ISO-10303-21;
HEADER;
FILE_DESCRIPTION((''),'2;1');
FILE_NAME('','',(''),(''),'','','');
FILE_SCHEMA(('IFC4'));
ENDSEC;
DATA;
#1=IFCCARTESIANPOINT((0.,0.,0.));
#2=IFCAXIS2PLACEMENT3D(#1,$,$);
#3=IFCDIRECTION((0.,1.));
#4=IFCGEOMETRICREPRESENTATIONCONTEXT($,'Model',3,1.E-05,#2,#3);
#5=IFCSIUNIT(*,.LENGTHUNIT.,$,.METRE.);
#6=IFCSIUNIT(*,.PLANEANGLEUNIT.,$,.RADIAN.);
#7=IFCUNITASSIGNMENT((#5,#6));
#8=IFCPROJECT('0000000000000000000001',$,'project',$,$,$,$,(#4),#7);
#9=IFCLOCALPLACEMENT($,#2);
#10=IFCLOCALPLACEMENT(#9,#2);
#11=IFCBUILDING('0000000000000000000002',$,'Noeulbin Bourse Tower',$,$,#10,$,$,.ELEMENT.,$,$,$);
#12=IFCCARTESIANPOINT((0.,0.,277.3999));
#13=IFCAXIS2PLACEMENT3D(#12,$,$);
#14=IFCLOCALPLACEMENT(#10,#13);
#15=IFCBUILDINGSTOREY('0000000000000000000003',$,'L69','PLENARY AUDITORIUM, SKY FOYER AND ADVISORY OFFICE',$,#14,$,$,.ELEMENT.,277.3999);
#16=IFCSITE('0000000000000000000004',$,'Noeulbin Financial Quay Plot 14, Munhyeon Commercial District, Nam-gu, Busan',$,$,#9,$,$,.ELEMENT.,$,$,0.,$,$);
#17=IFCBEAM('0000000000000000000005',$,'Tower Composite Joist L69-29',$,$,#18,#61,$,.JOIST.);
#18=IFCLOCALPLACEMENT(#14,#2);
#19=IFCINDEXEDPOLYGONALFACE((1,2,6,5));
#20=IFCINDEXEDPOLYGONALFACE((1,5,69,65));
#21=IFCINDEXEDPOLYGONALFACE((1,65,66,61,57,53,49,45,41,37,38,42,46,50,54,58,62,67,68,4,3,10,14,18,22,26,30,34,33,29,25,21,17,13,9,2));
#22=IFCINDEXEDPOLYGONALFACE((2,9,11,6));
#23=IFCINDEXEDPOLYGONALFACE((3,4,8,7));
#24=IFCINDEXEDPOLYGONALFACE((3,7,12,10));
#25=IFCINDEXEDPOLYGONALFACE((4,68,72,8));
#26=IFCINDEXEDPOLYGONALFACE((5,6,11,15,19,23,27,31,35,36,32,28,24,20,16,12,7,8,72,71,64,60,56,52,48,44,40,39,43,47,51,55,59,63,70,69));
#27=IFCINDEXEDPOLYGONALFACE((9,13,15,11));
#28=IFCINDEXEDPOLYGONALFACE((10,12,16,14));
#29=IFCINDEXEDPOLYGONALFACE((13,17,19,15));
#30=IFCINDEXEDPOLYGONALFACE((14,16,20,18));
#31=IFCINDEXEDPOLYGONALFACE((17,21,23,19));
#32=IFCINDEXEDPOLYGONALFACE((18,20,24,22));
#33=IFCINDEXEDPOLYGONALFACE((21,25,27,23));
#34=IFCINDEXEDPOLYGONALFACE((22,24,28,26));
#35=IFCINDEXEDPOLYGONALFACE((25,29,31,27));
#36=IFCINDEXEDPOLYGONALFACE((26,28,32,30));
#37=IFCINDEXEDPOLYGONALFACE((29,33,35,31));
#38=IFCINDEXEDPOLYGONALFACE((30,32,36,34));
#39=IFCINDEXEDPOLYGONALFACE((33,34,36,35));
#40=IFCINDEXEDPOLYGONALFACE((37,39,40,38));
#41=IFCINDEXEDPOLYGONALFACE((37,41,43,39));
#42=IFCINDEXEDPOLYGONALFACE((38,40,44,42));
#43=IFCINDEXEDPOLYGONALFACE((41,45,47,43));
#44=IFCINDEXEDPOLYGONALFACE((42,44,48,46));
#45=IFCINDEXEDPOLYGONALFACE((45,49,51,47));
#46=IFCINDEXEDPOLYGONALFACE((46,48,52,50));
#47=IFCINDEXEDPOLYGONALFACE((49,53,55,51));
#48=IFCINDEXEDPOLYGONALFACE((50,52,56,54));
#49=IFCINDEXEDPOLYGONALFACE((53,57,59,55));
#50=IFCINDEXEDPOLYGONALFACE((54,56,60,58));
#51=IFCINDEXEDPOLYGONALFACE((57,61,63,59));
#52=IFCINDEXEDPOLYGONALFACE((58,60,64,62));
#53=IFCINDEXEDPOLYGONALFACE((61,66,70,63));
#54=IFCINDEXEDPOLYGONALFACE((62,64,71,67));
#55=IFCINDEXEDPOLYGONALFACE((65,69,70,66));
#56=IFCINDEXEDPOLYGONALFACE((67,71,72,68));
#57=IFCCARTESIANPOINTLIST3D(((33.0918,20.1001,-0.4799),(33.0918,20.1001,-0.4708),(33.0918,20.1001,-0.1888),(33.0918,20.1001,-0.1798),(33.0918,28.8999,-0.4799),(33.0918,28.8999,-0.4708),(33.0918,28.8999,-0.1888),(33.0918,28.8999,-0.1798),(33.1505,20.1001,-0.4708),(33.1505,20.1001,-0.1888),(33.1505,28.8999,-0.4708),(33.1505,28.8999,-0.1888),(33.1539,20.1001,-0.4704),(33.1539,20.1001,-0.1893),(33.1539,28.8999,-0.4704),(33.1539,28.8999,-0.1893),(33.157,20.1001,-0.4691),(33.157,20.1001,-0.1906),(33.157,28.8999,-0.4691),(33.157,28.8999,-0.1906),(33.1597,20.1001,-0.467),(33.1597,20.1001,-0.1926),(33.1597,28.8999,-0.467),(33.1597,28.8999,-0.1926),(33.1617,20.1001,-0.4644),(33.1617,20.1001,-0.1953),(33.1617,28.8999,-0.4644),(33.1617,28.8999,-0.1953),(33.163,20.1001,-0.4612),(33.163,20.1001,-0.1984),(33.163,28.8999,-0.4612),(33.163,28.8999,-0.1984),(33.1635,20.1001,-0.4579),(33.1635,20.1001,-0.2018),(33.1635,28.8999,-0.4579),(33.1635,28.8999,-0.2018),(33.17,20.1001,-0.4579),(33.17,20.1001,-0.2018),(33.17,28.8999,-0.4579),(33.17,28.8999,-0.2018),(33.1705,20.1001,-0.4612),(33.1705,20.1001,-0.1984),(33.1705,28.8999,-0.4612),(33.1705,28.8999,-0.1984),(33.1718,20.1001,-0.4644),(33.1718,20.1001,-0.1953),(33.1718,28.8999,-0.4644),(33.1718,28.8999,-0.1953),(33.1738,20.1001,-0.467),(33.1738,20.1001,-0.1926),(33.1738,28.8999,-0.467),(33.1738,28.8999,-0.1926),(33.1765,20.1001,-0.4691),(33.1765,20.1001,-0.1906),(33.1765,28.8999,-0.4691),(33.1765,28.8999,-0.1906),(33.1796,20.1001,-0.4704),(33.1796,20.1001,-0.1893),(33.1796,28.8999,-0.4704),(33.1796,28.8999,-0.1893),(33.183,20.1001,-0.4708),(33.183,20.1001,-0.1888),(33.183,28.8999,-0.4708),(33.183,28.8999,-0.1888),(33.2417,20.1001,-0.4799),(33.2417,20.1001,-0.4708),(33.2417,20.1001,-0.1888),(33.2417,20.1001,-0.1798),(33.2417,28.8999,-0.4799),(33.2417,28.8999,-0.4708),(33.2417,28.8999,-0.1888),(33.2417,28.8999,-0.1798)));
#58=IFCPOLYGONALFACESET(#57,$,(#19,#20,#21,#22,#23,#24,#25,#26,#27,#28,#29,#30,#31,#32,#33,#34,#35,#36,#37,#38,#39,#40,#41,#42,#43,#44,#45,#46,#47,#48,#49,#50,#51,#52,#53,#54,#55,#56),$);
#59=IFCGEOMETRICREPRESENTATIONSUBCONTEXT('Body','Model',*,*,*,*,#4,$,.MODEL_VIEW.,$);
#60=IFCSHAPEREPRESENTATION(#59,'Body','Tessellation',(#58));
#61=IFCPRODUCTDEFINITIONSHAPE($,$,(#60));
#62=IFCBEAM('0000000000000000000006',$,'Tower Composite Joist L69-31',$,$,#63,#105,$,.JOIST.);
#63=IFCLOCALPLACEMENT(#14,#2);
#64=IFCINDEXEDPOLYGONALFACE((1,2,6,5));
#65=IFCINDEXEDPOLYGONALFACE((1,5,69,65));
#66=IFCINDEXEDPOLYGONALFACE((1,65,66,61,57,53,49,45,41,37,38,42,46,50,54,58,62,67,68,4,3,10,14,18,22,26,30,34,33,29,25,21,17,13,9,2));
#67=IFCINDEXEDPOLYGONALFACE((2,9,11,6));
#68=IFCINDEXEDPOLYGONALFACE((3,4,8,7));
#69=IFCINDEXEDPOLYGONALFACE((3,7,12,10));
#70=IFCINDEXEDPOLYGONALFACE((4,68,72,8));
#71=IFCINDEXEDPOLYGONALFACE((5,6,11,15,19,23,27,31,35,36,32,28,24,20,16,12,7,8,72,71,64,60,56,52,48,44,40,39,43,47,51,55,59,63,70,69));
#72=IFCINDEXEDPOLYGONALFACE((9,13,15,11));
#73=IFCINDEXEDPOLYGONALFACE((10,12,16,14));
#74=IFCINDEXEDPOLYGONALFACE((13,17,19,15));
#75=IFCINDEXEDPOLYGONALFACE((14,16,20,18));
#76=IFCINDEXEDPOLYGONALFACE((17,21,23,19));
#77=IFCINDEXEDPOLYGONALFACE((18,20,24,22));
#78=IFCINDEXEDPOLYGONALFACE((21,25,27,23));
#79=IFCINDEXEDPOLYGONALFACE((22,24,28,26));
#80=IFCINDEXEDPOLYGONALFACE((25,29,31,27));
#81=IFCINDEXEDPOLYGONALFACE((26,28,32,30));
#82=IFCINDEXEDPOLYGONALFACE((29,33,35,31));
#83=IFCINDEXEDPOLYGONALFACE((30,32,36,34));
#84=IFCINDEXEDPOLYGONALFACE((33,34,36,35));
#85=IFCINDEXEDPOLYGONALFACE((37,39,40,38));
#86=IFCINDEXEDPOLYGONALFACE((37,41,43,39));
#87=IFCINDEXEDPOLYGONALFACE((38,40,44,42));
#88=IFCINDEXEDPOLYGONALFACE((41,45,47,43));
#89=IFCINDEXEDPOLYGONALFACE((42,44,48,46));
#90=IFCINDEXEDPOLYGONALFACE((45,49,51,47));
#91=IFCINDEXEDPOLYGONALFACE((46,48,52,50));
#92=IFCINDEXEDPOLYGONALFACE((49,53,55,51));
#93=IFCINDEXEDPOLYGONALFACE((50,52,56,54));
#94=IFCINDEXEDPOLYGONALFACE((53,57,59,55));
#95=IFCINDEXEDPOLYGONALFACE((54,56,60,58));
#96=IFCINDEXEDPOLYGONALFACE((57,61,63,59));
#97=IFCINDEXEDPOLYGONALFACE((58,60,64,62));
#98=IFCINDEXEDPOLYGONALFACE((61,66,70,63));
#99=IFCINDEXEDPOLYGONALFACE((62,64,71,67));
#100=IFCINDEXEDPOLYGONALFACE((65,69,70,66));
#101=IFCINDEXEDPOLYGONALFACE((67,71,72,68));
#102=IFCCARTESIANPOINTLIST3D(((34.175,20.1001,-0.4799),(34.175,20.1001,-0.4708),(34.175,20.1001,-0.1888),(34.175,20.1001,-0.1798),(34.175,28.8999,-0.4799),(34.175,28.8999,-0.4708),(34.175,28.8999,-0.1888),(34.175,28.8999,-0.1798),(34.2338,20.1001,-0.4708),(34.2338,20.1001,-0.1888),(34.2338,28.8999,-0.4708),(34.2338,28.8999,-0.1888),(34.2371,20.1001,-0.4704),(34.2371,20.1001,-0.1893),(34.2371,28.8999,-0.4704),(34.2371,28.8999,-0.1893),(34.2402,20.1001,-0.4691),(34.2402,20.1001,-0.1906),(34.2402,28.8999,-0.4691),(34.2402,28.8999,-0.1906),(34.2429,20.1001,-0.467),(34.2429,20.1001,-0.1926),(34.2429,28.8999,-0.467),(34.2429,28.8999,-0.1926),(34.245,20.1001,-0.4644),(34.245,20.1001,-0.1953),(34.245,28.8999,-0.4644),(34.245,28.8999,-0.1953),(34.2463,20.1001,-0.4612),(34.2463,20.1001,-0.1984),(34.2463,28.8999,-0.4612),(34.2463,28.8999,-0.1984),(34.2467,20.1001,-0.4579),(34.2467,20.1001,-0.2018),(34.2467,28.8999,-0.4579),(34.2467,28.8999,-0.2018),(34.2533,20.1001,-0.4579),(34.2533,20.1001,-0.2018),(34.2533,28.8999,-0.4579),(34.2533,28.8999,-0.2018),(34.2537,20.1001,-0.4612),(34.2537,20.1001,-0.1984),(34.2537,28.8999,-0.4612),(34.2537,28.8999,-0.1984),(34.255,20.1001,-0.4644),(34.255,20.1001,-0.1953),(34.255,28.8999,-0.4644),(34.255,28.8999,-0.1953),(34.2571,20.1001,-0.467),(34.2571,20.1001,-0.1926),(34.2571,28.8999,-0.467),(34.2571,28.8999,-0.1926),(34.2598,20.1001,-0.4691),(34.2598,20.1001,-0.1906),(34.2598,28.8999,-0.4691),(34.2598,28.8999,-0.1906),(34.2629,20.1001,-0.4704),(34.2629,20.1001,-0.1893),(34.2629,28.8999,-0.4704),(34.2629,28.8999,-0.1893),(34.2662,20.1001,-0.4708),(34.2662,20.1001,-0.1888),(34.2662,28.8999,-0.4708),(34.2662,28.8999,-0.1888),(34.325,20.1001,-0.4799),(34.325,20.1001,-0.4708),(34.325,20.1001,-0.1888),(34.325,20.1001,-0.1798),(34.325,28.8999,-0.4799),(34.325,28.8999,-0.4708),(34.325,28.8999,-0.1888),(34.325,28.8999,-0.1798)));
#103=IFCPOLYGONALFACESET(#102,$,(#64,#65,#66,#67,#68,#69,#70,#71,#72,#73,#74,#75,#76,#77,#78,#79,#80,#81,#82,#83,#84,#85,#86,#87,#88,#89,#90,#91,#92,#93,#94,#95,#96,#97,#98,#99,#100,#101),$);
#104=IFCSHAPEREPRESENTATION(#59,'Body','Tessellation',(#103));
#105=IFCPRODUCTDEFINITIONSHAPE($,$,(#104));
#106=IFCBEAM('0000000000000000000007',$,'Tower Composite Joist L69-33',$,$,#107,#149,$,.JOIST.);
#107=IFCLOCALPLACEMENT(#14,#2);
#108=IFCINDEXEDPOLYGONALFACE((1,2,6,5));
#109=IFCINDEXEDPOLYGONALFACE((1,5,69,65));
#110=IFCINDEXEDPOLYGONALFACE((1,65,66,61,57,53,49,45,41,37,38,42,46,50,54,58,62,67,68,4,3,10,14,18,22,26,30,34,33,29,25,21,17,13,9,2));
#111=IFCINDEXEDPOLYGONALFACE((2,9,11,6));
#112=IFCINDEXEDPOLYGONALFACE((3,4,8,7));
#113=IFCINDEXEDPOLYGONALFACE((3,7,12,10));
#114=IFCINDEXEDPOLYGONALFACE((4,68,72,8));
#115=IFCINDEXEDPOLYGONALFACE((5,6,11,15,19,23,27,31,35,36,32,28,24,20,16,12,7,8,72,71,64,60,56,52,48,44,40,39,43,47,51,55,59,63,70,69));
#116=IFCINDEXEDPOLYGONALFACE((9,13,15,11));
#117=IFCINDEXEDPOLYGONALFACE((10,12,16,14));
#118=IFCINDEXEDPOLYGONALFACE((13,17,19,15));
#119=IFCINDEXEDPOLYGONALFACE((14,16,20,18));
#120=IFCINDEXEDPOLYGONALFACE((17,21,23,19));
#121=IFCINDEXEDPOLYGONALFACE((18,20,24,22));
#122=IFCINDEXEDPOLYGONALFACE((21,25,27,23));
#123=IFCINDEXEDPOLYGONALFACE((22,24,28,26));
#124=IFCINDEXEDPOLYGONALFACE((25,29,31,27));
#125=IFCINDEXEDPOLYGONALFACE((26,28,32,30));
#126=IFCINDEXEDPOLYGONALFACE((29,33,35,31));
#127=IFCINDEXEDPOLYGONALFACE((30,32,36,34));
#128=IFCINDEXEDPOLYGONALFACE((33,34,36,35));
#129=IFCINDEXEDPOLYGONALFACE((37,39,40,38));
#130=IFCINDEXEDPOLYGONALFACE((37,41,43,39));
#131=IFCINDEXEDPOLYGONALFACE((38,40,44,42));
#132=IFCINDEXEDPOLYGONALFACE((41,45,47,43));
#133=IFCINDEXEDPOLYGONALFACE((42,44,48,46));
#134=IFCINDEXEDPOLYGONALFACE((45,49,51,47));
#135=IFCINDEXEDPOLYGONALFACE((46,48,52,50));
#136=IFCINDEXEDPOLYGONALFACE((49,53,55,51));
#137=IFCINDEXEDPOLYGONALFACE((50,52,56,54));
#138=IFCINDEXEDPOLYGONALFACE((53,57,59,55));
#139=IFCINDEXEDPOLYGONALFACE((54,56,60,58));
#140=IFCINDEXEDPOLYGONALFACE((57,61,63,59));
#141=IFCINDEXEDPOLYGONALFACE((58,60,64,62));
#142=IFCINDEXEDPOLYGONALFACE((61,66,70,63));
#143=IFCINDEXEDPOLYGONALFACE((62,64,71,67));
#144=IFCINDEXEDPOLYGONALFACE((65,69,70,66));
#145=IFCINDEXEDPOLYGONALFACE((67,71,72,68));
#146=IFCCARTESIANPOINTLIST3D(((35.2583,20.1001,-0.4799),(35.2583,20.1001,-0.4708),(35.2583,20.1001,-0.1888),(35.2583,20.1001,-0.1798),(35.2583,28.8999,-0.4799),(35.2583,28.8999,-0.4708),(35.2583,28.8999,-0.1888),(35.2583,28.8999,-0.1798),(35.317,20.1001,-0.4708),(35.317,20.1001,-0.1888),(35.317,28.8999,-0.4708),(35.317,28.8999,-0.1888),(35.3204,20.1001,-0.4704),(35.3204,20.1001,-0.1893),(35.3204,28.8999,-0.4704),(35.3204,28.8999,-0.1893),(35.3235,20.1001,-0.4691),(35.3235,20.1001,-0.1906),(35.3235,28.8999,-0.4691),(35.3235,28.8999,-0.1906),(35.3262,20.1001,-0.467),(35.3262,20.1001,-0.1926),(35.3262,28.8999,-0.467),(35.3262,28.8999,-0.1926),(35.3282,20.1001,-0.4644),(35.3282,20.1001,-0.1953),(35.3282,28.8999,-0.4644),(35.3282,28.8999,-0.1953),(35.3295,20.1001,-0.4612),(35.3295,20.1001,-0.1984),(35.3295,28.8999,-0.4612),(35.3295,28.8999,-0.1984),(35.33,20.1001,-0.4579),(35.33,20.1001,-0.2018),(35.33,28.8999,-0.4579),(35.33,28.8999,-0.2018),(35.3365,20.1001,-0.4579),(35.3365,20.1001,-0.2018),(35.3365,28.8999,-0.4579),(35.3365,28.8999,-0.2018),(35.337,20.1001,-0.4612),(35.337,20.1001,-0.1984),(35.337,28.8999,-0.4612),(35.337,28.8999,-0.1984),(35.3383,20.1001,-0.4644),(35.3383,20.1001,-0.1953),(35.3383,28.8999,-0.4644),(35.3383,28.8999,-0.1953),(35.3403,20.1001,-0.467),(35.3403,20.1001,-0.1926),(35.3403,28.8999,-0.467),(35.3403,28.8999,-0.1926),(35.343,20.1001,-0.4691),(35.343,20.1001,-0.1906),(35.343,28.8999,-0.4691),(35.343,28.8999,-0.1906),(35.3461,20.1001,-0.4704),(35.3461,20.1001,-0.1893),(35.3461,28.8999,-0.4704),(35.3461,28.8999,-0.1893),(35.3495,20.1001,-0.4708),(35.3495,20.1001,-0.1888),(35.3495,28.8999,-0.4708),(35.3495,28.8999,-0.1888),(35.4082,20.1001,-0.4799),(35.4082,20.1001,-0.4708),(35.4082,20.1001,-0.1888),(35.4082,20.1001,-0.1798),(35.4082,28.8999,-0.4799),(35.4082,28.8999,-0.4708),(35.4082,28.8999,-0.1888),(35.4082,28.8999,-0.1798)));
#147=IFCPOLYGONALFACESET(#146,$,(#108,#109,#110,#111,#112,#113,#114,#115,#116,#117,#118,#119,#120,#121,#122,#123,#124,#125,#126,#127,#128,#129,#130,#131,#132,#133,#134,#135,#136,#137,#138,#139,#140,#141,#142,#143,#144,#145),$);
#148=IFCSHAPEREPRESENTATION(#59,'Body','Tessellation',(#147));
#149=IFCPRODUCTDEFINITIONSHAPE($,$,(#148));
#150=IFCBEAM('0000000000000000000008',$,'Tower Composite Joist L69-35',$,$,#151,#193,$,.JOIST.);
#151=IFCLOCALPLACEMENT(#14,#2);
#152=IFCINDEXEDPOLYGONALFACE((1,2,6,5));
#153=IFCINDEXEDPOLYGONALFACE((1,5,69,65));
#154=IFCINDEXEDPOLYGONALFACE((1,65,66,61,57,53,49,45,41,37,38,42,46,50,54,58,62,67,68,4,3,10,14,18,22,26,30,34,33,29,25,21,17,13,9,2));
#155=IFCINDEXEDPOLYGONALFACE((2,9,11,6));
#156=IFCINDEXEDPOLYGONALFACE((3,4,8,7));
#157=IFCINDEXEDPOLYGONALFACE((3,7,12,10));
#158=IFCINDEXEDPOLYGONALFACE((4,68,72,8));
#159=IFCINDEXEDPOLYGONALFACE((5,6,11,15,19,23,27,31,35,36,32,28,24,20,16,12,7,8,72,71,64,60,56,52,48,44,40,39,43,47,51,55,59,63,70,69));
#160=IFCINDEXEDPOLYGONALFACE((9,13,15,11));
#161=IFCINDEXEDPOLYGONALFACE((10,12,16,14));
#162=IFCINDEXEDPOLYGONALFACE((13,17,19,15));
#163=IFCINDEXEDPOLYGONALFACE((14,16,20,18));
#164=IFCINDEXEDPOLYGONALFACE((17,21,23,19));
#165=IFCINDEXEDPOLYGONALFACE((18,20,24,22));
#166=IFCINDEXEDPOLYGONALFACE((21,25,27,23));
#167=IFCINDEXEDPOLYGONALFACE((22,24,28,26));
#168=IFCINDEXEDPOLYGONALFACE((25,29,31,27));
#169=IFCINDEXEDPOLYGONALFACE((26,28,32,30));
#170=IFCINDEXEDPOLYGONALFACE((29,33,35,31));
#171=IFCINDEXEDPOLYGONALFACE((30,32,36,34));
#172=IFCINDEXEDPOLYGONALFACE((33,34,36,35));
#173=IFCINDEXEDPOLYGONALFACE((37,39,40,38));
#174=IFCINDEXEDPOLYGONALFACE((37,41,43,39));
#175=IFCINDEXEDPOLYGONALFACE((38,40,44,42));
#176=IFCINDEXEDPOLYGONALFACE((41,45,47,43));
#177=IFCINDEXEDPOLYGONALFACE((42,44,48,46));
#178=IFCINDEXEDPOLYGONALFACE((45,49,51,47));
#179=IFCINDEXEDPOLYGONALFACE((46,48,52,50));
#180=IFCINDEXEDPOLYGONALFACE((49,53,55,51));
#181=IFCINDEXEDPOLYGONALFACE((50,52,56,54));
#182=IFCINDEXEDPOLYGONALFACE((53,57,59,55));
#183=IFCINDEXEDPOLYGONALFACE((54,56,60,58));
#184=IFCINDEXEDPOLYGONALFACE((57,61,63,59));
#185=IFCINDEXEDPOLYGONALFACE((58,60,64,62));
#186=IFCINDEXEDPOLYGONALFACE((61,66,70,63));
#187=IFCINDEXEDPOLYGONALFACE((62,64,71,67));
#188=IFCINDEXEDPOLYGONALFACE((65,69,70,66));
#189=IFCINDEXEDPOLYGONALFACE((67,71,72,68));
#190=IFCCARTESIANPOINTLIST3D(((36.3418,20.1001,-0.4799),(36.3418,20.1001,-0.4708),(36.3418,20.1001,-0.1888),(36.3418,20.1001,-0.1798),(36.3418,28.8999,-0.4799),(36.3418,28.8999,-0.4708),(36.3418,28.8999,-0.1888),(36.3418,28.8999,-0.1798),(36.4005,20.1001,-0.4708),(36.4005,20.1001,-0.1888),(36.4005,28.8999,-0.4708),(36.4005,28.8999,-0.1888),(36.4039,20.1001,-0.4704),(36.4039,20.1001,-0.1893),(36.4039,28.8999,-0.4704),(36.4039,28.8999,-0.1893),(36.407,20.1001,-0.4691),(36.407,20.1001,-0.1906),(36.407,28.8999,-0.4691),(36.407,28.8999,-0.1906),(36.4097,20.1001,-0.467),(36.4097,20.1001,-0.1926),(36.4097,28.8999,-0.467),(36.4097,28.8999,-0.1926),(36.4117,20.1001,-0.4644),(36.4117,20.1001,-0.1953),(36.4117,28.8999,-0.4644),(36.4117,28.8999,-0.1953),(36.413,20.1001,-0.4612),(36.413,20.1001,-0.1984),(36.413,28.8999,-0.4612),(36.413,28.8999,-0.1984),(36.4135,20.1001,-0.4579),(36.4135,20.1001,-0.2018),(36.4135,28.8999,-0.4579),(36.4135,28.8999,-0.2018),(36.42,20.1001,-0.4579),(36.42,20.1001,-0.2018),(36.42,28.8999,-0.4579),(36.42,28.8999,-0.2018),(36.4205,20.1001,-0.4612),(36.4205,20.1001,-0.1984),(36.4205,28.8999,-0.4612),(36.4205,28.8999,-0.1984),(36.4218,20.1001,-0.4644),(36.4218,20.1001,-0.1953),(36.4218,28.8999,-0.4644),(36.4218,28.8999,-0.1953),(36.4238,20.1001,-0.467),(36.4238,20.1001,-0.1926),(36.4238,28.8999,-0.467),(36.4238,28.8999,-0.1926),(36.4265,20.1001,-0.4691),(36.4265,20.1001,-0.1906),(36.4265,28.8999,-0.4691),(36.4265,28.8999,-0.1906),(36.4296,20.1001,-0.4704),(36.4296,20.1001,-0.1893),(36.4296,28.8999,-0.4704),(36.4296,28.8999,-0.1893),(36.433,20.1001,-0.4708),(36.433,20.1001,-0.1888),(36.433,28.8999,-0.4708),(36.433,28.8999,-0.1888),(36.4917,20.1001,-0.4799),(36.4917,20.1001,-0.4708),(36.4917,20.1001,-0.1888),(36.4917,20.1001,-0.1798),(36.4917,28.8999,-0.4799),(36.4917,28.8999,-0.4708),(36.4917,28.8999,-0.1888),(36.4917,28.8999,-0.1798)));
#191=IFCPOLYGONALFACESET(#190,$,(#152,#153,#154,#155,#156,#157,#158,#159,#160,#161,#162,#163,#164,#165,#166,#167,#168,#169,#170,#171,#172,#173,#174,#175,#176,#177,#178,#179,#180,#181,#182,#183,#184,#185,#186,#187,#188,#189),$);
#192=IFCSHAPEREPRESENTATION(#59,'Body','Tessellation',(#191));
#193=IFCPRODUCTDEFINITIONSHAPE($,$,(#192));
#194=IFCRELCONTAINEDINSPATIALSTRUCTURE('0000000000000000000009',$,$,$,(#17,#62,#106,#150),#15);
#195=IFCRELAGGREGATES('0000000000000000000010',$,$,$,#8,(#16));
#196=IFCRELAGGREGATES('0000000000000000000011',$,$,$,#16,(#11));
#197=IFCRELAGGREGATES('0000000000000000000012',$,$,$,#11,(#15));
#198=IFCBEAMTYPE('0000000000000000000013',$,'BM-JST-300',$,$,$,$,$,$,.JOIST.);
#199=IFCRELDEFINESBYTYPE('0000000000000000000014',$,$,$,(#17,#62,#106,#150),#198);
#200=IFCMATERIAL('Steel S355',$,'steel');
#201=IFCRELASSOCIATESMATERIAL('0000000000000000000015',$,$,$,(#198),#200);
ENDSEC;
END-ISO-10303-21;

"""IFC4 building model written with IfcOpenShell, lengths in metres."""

from ifc_helpers import new_model, si_unit, direction, frame, origin, origin_2d, place, context, subcontext, project, spatial, i_section, extrude, material, material_profile, profile_set, type_object, element, save


model = new_model("IFC4")

# Units and contexts
model_context = context("Model", 3, precision=1e-05, world=origin(), true_north=direction((0.0, 1.0)))
body_context = subcontext(model_context, "Body", "Model", "MODEL_VIEW")
ifc_project = project(units=[si_unit("LENGTHUNIT", "METRE"), si_unit("PLANEANGLEUNIT", "RADIAN")], contexts=[model_context])

# Site, building, storey
site_placement = place(None, origin())
site = spatial("IfcSite", under=ifc_project, at=site_placement, Name="Noeulbin Financial Quay Plot 14, Munhyeon Commercial District, Nam-gu, Busan", CompositionType="ELEMENT", RefElevation=0.0)
building_placement = place(site_placement, origin())
building = spatial("IfcBuilding", under=site, at=building_placement, Name="Noeulbin Bourse Tower", CompositionType="ELEMENT")
storey_placement = place(building_placement, frame((0.0, 0.0, 277.3999)))
storey = spatial("IfcBuildingStorey", under=building, at=storey_placement, Name="L69", Description="PLENARY AUDITORIUM, SKY FOYER AND ADVISORY OFFICE", CompositionType="ELEMENT", Elevation=277.3999)

# Shared definitions
ifc_material_1 = material(Name="Steel S355", Category="steel")

# Beams
ifc_material_profile_1 = material_profile(ifc_material_1, i_section(OverallWidth=0.1499, OverallDepth=0.3, WebThickness=0.0066, FlangeThickness=0.009, FilletRadius=0.0129, at=origin_2d()), Name="H-300x150x6.5x9", Category="LoadBearing")
ifc_profile_set_1 = profile_set([ifc_material_profile_1], Name="Steel S355")
beam_type_1 = type_object("IfcBeamType", Name="BM-JST-300", PredefinedType="JOIST", material=ifc_profile_set_1)
for number, where, z_axis, x_axis, name in (
    (1, (33.1667, 20.1001, -0.3298), (0.0, 1.0, 0.0), (-1.0, 0.0, 0.0), "Tower Composite Joist L69-29"),
    (2, (34.25, 20.1001, -0.3298), (0.0, 1.0, 0.0), (-1.0, 0.0, 0.0), "Tower Composite Joist L69-31"),
    (3, (35.3333, 20.1001, -0.3298), (0.0, 1.0, 0.0), (-1.0, 0.0, 0.0), "Tower Composite Joist L69-33"),
    (4, (36.4167, 20.1001, -0.3298), (0.0, 1.0, 0.0), (-1.0, 0.0, 0.0), "Tower Composite Joist L69-35"),
):
    element("IfcBeam", number, at=place(storey_placement, frame(where, z_axis=z_axis, x_axis=x_axis)), inside=storey, type_object=beam_type_1, Name=name, PredefinedType="JOIST", context=body_context, shape_type="SweptSolid", body=[
        extrude(i_section(OverallWidth=0.1499, OverallDepth=0.3, WebThickness=0.0066, FlangeThickness=0.009, FilletRadius=0.0129, at=origin_2d()), origin(), (0.0, 0.0, 1.0), 8.7998),
    ])

save(model, "model.ifc")
